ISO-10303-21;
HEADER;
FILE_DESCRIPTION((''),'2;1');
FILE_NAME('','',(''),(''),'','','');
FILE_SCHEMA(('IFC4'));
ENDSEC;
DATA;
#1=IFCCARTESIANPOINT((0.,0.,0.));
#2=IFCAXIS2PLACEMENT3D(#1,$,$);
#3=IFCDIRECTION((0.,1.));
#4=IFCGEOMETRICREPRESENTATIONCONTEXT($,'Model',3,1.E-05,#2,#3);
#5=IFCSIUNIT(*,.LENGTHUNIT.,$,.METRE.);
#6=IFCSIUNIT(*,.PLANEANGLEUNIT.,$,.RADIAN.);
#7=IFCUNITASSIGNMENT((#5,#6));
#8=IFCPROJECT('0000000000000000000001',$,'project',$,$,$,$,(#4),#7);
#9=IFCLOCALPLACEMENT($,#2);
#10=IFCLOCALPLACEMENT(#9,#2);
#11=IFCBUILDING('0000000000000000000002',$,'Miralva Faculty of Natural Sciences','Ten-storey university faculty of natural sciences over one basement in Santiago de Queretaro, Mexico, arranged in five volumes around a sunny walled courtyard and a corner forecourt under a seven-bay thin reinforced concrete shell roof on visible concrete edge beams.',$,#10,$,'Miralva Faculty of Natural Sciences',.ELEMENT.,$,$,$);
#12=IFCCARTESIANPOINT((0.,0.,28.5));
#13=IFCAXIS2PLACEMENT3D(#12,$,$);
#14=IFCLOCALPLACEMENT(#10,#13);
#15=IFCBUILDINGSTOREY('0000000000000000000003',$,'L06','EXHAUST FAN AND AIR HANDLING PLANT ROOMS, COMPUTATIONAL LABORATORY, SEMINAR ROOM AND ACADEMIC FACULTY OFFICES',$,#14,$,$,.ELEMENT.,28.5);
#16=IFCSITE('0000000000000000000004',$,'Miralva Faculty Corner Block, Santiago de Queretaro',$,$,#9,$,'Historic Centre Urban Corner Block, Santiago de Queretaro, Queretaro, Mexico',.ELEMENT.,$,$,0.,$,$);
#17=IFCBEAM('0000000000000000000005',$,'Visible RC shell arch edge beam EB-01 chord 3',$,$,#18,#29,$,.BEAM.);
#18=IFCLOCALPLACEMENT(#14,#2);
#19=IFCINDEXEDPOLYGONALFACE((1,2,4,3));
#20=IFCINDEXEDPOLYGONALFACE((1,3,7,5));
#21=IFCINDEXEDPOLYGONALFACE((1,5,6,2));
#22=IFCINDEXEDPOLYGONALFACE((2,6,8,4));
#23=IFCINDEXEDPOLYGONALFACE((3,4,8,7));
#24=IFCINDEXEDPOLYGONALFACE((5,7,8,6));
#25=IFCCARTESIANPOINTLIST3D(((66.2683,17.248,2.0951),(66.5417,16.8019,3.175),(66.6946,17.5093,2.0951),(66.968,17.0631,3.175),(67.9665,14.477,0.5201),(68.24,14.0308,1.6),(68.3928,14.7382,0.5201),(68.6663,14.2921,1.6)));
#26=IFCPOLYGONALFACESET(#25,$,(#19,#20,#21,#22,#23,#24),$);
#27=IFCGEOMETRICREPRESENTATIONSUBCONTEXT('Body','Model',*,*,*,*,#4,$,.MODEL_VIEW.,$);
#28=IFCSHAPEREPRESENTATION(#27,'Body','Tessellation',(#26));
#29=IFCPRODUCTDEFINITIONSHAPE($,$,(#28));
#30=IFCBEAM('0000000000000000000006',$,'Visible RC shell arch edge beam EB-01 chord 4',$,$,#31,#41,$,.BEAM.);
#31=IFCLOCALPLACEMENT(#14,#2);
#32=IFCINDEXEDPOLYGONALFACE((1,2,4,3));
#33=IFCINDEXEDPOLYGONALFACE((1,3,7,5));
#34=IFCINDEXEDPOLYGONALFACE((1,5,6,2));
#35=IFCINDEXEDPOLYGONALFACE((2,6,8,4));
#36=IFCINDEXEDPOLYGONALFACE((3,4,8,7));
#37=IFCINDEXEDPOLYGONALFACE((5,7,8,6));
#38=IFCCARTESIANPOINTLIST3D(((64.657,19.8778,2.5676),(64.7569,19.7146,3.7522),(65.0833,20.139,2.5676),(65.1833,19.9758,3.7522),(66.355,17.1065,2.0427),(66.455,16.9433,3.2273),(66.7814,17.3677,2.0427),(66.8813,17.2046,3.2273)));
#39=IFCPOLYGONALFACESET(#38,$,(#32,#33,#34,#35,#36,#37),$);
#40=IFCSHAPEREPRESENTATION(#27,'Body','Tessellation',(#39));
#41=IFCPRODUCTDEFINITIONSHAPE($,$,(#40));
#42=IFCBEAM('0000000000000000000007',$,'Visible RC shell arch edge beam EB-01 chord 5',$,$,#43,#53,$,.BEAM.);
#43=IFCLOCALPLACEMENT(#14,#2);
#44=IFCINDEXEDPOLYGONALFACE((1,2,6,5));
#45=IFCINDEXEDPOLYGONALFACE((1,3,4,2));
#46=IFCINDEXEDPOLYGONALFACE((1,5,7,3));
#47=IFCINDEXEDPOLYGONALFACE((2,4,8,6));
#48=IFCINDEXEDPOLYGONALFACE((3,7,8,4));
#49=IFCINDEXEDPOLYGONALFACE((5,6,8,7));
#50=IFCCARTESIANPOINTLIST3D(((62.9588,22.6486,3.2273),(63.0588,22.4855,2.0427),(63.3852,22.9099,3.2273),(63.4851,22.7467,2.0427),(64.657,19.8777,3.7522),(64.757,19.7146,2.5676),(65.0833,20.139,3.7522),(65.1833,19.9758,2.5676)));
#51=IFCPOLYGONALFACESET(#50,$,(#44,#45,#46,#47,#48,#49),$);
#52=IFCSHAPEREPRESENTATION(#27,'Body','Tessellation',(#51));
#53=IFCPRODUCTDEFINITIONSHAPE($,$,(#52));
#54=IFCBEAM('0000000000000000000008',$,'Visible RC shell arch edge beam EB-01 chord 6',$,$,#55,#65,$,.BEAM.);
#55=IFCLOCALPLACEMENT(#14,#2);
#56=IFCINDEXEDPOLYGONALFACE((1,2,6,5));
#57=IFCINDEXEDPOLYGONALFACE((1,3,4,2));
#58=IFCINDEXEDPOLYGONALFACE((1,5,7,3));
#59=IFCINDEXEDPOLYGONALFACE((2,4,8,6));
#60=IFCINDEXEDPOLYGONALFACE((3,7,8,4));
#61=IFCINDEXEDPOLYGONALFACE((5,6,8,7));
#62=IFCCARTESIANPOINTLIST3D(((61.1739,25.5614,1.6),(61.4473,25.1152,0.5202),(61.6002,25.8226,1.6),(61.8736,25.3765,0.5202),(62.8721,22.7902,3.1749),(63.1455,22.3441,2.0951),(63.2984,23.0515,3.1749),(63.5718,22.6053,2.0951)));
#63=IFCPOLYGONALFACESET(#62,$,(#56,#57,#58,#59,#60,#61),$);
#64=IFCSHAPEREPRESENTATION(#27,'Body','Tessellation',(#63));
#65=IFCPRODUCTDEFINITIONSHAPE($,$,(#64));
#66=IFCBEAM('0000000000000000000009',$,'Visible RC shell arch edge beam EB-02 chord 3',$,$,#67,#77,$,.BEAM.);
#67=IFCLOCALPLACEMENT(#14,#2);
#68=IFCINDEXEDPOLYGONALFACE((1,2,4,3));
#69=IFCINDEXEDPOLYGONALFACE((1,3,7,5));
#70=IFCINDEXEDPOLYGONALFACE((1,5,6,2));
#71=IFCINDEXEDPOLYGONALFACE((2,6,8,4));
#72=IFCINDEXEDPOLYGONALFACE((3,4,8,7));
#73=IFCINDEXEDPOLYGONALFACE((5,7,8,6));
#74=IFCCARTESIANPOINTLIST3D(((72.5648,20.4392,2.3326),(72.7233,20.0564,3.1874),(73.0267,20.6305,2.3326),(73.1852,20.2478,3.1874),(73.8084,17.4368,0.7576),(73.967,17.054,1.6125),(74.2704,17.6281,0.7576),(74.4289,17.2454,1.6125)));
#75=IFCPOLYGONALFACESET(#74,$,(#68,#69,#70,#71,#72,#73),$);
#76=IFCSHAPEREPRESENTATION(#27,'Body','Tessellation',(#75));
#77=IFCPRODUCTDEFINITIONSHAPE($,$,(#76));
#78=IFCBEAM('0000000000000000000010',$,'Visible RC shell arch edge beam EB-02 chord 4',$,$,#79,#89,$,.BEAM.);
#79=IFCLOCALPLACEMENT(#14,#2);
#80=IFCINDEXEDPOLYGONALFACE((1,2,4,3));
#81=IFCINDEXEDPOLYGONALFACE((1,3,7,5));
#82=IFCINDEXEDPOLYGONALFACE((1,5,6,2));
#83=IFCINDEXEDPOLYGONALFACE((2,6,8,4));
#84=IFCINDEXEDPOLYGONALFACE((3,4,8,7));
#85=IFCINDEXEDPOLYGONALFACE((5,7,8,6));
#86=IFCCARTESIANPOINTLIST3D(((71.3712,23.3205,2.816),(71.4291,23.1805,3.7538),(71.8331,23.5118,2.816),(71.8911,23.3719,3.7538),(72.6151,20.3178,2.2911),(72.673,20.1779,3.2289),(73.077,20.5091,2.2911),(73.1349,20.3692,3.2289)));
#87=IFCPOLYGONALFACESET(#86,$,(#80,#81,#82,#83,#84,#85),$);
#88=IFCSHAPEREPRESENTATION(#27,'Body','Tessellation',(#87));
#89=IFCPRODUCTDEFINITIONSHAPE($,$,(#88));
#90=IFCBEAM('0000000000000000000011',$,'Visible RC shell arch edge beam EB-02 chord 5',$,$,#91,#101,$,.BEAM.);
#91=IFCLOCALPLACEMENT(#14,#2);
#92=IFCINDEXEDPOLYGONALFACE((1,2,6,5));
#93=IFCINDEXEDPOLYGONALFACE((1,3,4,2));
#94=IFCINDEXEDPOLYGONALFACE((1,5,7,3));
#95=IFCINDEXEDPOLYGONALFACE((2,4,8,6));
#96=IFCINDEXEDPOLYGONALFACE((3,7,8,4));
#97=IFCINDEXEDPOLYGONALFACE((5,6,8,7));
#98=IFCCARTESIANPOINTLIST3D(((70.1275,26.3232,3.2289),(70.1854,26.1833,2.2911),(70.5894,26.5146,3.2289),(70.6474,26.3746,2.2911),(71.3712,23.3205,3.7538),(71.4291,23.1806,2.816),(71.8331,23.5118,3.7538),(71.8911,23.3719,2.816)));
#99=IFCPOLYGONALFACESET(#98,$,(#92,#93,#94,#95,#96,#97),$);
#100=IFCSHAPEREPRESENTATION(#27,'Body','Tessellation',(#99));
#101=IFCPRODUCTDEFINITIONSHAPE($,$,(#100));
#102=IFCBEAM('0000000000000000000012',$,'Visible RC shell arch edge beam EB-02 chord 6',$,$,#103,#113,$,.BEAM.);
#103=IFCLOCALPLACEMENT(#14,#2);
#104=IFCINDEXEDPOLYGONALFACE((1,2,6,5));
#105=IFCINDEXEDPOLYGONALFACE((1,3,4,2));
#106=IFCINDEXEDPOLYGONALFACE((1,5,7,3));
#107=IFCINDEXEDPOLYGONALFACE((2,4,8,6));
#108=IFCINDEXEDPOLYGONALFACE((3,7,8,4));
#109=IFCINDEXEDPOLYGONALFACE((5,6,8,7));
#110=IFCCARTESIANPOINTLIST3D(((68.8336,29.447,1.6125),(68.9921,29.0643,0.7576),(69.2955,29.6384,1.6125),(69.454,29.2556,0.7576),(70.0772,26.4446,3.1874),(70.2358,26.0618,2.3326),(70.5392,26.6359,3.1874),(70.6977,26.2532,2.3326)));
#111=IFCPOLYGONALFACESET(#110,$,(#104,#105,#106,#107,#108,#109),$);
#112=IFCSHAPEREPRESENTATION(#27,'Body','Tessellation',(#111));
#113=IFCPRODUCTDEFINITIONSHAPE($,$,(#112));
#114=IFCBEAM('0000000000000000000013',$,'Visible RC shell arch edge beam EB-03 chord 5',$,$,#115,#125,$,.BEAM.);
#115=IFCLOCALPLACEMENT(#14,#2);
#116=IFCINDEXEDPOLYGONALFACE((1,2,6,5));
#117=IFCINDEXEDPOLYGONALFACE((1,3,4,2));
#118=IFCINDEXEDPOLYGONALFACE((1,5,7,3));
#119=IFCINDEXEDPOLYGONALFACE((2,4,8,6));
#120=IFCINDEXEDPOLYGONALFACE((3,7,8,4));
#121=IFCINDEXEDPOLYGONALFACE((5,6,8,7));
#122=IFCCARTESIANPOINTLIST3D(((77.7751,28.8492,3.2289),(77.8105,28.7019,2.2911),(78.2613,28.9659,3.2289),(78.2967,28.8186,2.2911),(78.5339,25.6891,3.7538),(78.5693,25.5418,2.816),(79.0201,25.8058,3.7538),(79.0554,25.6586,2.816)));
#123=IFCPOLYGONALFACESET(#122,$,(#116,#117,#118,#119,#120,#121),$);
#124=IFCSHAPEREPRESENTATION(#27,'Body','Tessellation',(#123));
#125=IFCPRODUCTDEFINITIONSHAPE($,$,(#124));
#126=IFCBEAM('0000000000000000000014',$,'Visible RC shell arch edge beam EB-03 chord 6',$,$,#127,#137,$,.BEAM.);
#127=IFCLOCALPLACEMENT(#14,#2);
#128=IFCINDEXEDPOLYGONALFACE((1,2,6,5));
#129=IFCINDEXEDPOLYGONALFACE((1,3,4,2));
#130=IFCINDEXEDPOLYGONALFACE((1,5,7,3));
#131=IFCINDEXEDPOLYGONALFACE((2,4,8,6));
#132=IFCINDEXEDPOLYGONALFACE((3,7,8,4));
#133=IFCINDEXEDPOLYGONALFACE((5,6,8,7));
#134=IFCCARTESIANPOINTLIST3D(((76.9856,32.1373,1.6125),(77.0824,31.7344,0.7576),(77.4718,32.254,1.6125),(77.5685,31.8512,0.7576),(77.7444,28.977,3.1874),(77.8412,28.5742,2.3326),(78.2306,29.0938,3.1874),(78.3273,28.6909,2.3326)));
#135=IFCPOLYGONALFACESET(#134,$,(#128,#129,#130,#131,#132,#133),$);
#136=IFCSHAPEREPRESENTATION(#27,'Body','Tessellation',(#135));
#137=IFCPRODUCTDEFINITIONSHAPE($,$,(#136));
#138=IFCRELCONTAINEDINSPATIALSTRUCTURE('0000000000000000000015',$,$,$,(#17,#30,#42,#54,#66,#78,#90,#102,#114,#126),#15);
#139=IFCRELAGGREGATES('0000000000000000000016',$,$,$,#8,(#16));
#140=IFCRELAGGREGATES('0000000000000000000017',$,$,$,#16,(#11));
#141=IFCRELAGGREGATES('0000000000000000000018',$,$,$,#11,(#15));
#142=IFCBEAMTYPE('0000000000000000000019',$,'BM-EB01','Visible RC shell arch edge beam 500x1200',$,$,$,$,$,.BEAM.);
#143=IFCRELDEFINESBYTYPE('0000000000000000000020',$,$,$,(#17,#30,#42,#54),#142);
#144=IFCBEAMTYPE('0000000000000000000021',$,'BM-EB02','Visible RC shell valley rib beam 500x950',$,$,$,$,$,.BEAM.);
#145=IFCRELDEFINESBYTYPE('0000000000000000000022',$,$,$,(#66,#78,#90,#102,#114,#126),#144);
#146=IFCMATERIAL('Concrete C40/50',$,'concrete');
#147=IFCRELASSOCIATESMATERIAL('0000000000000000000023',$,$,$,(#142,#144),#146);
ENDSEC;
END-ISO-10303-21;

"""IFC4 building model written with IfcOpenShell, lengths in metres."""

from ifc_helpers import new_model, si_unit, direction, frame, origin, origin_2d, place, context, subcontext, project, spatial, rectangle, extrude, material, material_profile, profile_set, type_object, element, save


model = new_model("IFC4")

# Units and contexts
model_context = context("Model", 3, precision=1e-05, world=origin(), true_north=direction((0.0, 1.0)))
body_context = subcontext(model_context, "Body", "Model", "MODEL_VIEW")
ifc_project = project(units=[si_unit("LENGTHUNIT", "METRE"), si_unit("PLANEANGLEUNIT", "RADIAN")], contexts=[model_context])

# Site, building, storey
site_placement = place(None, origin())
site = spatial("IfcSite", under=ifc_project, at=site_placement, Name="Miralva Faculty Corner Block, Santiago de Queretaro", LongName="Historic Centre Urban Corner Block, Santiago de Queretaro, Queretaro, Mexico", CompositionType="ELEMENT", RefElevation=0.0)
building_placement = place(site_placement, origin())
building = spatial("IfcBuilding", under=site, at=building_placement, Name="Miralva Faculty of Natural Sciences", Description="Ten-storey university faculty of natural sciences over one basement in Santiago de Queretaro, Mexico, arranged in five volumes around a sunny walled courtyard and a corner forecourt under a seven-bay thin reinforced concrete shell roof on visible concrete edge beams.", LongName="Miralva Faculty of Natural Sciences", CompositionType="ELEMENT")
storey_placement = place(building_placement, frame((0.0, 0.0, 28.5)))
storey = spatial("IfcBuildingStorey", under=building, at=storey_placement, Name="L06", Description="EXHAUST FAN AND AIR HANDLING PLANT ROOMS, COMPUTATIONAL LABORATORY, SEMINAR ROOM AND ACADEMIC FACULTY OFFICES", CompositionType="ELEMENT", Elevation=28.5)

# Beams
ifc_material_1 = material(Name="Concrete C40/50", Category="concrete")
ifc_material_profile_1 = material_profile(ifc_material_1, rectangle(XDim=0.5, YDim=1.2, at=origin_2d()), Name="RC 500x1200")
ifc_profile_set_1 = profile_set([ifc_material_profile_1], Name="Concrete C40/50")
beam_type_1 = type_object("IfcBeamType", Name="BM-EB01", Description="Visible RC shell arch edge beam 500x1200", PredefinedType="BEAM", material=ifc_profile_set_1)
beam_1_placement = place(storey_placement, frame((68.3164, 14.3845, 1.0601), z_axis=(-0.470232, 0.767271, 0.436094), x_axis=(-0.852616, -0.522537, 0.0)))
element("IfcBeam", 1, at=beam_1_placement, inside=storey, type_object=beam_type_1, Name="Visible RC shell arch edge beam EB-01 chord 3", PredefinedType="BEAM", context=body_context, shape_type="SweptSolid", body=[
    extrude(rectangle(XDim=0.5, YDim=1.2, at=origin_2d()), origin(), (0.0, 0.0, 1.0), 3.6116),
])
beam_2_placement = place(storey_placement, frame((66.6182, 17.1555, 2.635), z_axis=(-0.515766, 0.841763, 0.159439), x_axis=(-0.85267, -0.522449, 0.0)))
element("IfcBeam", 2, at=beam_2_placement, inside=storey, type_object=beam_type_1, Name="Visible RC shell arch edge beam EB-01 chord 4", PredefinedType="BEAM", context=body_context, shape_type="SweptSolid", body=[
    extrude(rectangle(XDim=0.5, YDim=1.2, at=origin_2d()), origin(), (0.0, 0.0, 1.0), 3.2922),
])
beam_3_placement = place(storey_placement, frame((64.9202, 19.9268, 3.1599), z_axis=(-0.515853, 0.841709, -0.159443), x_axis=(-0.852616, -0.522537, 0.0)))
element("IfcBeam", 3, at=beam_3_placement, inside=storey, type_object=beam_type_1, Name="Visible RC shell arch edge beam EB-01 chord 5", PredefinedType="BEAM", context=body_context, shape_type="SweptSolid", body=[
    extrude(rectangle(XDim=0.5, YDim=1.2, at=origin_2d()), origin(), (0.0, 0.0, 1.0), 3.292),
])
beam_4_placement = place(storey_placement, frame((63.2219, 22.6978, 2.635), z_axis=(-0.470208, 0.767298, -0.436071), x_axis=(-0.852637, -0.522504, 0.0)))
element("IfcBeam", 4, at=beam_4_placement, inside=storey, type_object=beam_type_1, Name="Visible RC shell arch edge beam EB-01 chord 6", PredefinedType="BEAM", context=body_context, shape_type="SweptSolid", body=[
    extrude(rectangle(XDim=0.5, YDim=1.2, at=origin_2d()), origin(), (0.0, 0.0, 1.0), 3.6116),
])
ifc_material_profile_2 = material_profile(ifc_material_1, rectangle(XDim=0.5, YDim=0.95, at=origin_2d()), Name="RC 500x950")
ifc_profile_set_2 = profile_set([ifc_material_profile_2], Name="Concrete C40/50")
beam_type_2 = type_object("IfcBeamType", Name="BM-EB02", Description="Visible RC shell valley rib beam 500x950", PredefinedType="BEAM", material=ifc_profile_set_2)
beam_5_placement = place(storey_placement, frame((74.1187, 17.3411, 1.1851), z_axis=(-0.344374, 0.831392, 0.436112), x_axis=(-0.923879, -0.382684, 0.0)))
element("IfcBeam", 5, at=beam_5_placement, inside=storey, type_object=beam_type_2, Name="Visible RC shell arch edge beam EB-02 chord 3", PredefinedType="BEAM", context=body_context, shape_type="SweptSolid", body=[
    extrude(rectangle(XDim=0.5, YDim=0.95, at=origin_2d()), origin(), (0.0, 0.0, 1.0), 3.6113),
])
for number, where, z_axis, x_axis, name in (
    (6, (72.875, 20.3435, 2.76), (-0.377825, 0.912046, 0.159436), (-0.923864, -0.382721, 0.0), "Visible RC shell arch edge beam EB-02 chord 4"),
    (7, (71.6311, 23.3462, 3.2849), (-0.377762, 0.912072, -0.15944), (-0.92389, -0.382657, 0.0), "Visible RC shell arch edge beam EB-02 chord 5"),
):
    element("IfcBeam", number, at=place(storey_placement, frame(where, z_axis=z_axis, x_axis=x_axis)), inside=storey, type_object=beam_type_2, Name=name, PredefinedType="BEAM", context=body_context, shape_type="SweptSolid", body=[
        extrude(rectangle(XDim=0.5, YDim=0.95, at=origin_2d()), origin(), (0.0, 0.0, 1.0), 3.2922),
    ])
beam_6_placement = place(storey_placement, frame((70.3875, 26.3489, 2.76), z_axis=(-0.344374, 0.831392, -0.436112), x_axis=(-0.923879, -0.382684, 0.0)))
element("IfcBeam", 8, at=beam_6_placement, inside=storey, type_object=beam_type_2, Name="Visible RC shell arch edge beam EB-02 chord 6", PredefinedType="BEAM", context=body_context, shape_type="SweptSolid", body=[
    extrude(rectangle(XDim=0.5, YDim=0.95, at=origin_2d()), origin(), (0.0, 0.0, 1.0), 3.6113),
])
beam_7_placement = place(storey_placement, frame((78.7947, 25.6738, 3.2849), z_axis=(-0.230488, 0.959923, -0.159443), x_axis=(-0.972363, -0.233475, 0.0)))
element("IfcBeam", 9, at=beam_7_placement, inside=storey, type_object=beam_type_2, Name="Visible RC shell arch edge beam EB-03 chord 5", PredefinedType="BEAM", context=body_context, shape_type="SweptSolid", body=[
    extrude(rectangle(XDim=0.5, YDim=0.95, at=origin_2d()), origin(), (0.0, 0.0, 1.0), 3.292),
])
beam_8_placement = place(storey_placement, frame((78.0359, 28.834, 2.76), z_axis=(-0.210104, 0.87503, -0.436095), x_axis=(-0.972363, -0.233475, 0.0)))
element("IfcBeam", 10, at=beam_8_placement, inside=storey, type_object=beam_type_2, Name="Visible RC shell arch edge beam EB-03 chord 6", PredefinedType="BEAM", context=body_context, shape_type="SweptSolid", body=[
    extrude(rectangle(XDim=0.5, YDim=0.95, at=origin_2d()), origin(), (0.0, 0.0, 1.0), 3.6116),
])

save(model, "model.ifc")
